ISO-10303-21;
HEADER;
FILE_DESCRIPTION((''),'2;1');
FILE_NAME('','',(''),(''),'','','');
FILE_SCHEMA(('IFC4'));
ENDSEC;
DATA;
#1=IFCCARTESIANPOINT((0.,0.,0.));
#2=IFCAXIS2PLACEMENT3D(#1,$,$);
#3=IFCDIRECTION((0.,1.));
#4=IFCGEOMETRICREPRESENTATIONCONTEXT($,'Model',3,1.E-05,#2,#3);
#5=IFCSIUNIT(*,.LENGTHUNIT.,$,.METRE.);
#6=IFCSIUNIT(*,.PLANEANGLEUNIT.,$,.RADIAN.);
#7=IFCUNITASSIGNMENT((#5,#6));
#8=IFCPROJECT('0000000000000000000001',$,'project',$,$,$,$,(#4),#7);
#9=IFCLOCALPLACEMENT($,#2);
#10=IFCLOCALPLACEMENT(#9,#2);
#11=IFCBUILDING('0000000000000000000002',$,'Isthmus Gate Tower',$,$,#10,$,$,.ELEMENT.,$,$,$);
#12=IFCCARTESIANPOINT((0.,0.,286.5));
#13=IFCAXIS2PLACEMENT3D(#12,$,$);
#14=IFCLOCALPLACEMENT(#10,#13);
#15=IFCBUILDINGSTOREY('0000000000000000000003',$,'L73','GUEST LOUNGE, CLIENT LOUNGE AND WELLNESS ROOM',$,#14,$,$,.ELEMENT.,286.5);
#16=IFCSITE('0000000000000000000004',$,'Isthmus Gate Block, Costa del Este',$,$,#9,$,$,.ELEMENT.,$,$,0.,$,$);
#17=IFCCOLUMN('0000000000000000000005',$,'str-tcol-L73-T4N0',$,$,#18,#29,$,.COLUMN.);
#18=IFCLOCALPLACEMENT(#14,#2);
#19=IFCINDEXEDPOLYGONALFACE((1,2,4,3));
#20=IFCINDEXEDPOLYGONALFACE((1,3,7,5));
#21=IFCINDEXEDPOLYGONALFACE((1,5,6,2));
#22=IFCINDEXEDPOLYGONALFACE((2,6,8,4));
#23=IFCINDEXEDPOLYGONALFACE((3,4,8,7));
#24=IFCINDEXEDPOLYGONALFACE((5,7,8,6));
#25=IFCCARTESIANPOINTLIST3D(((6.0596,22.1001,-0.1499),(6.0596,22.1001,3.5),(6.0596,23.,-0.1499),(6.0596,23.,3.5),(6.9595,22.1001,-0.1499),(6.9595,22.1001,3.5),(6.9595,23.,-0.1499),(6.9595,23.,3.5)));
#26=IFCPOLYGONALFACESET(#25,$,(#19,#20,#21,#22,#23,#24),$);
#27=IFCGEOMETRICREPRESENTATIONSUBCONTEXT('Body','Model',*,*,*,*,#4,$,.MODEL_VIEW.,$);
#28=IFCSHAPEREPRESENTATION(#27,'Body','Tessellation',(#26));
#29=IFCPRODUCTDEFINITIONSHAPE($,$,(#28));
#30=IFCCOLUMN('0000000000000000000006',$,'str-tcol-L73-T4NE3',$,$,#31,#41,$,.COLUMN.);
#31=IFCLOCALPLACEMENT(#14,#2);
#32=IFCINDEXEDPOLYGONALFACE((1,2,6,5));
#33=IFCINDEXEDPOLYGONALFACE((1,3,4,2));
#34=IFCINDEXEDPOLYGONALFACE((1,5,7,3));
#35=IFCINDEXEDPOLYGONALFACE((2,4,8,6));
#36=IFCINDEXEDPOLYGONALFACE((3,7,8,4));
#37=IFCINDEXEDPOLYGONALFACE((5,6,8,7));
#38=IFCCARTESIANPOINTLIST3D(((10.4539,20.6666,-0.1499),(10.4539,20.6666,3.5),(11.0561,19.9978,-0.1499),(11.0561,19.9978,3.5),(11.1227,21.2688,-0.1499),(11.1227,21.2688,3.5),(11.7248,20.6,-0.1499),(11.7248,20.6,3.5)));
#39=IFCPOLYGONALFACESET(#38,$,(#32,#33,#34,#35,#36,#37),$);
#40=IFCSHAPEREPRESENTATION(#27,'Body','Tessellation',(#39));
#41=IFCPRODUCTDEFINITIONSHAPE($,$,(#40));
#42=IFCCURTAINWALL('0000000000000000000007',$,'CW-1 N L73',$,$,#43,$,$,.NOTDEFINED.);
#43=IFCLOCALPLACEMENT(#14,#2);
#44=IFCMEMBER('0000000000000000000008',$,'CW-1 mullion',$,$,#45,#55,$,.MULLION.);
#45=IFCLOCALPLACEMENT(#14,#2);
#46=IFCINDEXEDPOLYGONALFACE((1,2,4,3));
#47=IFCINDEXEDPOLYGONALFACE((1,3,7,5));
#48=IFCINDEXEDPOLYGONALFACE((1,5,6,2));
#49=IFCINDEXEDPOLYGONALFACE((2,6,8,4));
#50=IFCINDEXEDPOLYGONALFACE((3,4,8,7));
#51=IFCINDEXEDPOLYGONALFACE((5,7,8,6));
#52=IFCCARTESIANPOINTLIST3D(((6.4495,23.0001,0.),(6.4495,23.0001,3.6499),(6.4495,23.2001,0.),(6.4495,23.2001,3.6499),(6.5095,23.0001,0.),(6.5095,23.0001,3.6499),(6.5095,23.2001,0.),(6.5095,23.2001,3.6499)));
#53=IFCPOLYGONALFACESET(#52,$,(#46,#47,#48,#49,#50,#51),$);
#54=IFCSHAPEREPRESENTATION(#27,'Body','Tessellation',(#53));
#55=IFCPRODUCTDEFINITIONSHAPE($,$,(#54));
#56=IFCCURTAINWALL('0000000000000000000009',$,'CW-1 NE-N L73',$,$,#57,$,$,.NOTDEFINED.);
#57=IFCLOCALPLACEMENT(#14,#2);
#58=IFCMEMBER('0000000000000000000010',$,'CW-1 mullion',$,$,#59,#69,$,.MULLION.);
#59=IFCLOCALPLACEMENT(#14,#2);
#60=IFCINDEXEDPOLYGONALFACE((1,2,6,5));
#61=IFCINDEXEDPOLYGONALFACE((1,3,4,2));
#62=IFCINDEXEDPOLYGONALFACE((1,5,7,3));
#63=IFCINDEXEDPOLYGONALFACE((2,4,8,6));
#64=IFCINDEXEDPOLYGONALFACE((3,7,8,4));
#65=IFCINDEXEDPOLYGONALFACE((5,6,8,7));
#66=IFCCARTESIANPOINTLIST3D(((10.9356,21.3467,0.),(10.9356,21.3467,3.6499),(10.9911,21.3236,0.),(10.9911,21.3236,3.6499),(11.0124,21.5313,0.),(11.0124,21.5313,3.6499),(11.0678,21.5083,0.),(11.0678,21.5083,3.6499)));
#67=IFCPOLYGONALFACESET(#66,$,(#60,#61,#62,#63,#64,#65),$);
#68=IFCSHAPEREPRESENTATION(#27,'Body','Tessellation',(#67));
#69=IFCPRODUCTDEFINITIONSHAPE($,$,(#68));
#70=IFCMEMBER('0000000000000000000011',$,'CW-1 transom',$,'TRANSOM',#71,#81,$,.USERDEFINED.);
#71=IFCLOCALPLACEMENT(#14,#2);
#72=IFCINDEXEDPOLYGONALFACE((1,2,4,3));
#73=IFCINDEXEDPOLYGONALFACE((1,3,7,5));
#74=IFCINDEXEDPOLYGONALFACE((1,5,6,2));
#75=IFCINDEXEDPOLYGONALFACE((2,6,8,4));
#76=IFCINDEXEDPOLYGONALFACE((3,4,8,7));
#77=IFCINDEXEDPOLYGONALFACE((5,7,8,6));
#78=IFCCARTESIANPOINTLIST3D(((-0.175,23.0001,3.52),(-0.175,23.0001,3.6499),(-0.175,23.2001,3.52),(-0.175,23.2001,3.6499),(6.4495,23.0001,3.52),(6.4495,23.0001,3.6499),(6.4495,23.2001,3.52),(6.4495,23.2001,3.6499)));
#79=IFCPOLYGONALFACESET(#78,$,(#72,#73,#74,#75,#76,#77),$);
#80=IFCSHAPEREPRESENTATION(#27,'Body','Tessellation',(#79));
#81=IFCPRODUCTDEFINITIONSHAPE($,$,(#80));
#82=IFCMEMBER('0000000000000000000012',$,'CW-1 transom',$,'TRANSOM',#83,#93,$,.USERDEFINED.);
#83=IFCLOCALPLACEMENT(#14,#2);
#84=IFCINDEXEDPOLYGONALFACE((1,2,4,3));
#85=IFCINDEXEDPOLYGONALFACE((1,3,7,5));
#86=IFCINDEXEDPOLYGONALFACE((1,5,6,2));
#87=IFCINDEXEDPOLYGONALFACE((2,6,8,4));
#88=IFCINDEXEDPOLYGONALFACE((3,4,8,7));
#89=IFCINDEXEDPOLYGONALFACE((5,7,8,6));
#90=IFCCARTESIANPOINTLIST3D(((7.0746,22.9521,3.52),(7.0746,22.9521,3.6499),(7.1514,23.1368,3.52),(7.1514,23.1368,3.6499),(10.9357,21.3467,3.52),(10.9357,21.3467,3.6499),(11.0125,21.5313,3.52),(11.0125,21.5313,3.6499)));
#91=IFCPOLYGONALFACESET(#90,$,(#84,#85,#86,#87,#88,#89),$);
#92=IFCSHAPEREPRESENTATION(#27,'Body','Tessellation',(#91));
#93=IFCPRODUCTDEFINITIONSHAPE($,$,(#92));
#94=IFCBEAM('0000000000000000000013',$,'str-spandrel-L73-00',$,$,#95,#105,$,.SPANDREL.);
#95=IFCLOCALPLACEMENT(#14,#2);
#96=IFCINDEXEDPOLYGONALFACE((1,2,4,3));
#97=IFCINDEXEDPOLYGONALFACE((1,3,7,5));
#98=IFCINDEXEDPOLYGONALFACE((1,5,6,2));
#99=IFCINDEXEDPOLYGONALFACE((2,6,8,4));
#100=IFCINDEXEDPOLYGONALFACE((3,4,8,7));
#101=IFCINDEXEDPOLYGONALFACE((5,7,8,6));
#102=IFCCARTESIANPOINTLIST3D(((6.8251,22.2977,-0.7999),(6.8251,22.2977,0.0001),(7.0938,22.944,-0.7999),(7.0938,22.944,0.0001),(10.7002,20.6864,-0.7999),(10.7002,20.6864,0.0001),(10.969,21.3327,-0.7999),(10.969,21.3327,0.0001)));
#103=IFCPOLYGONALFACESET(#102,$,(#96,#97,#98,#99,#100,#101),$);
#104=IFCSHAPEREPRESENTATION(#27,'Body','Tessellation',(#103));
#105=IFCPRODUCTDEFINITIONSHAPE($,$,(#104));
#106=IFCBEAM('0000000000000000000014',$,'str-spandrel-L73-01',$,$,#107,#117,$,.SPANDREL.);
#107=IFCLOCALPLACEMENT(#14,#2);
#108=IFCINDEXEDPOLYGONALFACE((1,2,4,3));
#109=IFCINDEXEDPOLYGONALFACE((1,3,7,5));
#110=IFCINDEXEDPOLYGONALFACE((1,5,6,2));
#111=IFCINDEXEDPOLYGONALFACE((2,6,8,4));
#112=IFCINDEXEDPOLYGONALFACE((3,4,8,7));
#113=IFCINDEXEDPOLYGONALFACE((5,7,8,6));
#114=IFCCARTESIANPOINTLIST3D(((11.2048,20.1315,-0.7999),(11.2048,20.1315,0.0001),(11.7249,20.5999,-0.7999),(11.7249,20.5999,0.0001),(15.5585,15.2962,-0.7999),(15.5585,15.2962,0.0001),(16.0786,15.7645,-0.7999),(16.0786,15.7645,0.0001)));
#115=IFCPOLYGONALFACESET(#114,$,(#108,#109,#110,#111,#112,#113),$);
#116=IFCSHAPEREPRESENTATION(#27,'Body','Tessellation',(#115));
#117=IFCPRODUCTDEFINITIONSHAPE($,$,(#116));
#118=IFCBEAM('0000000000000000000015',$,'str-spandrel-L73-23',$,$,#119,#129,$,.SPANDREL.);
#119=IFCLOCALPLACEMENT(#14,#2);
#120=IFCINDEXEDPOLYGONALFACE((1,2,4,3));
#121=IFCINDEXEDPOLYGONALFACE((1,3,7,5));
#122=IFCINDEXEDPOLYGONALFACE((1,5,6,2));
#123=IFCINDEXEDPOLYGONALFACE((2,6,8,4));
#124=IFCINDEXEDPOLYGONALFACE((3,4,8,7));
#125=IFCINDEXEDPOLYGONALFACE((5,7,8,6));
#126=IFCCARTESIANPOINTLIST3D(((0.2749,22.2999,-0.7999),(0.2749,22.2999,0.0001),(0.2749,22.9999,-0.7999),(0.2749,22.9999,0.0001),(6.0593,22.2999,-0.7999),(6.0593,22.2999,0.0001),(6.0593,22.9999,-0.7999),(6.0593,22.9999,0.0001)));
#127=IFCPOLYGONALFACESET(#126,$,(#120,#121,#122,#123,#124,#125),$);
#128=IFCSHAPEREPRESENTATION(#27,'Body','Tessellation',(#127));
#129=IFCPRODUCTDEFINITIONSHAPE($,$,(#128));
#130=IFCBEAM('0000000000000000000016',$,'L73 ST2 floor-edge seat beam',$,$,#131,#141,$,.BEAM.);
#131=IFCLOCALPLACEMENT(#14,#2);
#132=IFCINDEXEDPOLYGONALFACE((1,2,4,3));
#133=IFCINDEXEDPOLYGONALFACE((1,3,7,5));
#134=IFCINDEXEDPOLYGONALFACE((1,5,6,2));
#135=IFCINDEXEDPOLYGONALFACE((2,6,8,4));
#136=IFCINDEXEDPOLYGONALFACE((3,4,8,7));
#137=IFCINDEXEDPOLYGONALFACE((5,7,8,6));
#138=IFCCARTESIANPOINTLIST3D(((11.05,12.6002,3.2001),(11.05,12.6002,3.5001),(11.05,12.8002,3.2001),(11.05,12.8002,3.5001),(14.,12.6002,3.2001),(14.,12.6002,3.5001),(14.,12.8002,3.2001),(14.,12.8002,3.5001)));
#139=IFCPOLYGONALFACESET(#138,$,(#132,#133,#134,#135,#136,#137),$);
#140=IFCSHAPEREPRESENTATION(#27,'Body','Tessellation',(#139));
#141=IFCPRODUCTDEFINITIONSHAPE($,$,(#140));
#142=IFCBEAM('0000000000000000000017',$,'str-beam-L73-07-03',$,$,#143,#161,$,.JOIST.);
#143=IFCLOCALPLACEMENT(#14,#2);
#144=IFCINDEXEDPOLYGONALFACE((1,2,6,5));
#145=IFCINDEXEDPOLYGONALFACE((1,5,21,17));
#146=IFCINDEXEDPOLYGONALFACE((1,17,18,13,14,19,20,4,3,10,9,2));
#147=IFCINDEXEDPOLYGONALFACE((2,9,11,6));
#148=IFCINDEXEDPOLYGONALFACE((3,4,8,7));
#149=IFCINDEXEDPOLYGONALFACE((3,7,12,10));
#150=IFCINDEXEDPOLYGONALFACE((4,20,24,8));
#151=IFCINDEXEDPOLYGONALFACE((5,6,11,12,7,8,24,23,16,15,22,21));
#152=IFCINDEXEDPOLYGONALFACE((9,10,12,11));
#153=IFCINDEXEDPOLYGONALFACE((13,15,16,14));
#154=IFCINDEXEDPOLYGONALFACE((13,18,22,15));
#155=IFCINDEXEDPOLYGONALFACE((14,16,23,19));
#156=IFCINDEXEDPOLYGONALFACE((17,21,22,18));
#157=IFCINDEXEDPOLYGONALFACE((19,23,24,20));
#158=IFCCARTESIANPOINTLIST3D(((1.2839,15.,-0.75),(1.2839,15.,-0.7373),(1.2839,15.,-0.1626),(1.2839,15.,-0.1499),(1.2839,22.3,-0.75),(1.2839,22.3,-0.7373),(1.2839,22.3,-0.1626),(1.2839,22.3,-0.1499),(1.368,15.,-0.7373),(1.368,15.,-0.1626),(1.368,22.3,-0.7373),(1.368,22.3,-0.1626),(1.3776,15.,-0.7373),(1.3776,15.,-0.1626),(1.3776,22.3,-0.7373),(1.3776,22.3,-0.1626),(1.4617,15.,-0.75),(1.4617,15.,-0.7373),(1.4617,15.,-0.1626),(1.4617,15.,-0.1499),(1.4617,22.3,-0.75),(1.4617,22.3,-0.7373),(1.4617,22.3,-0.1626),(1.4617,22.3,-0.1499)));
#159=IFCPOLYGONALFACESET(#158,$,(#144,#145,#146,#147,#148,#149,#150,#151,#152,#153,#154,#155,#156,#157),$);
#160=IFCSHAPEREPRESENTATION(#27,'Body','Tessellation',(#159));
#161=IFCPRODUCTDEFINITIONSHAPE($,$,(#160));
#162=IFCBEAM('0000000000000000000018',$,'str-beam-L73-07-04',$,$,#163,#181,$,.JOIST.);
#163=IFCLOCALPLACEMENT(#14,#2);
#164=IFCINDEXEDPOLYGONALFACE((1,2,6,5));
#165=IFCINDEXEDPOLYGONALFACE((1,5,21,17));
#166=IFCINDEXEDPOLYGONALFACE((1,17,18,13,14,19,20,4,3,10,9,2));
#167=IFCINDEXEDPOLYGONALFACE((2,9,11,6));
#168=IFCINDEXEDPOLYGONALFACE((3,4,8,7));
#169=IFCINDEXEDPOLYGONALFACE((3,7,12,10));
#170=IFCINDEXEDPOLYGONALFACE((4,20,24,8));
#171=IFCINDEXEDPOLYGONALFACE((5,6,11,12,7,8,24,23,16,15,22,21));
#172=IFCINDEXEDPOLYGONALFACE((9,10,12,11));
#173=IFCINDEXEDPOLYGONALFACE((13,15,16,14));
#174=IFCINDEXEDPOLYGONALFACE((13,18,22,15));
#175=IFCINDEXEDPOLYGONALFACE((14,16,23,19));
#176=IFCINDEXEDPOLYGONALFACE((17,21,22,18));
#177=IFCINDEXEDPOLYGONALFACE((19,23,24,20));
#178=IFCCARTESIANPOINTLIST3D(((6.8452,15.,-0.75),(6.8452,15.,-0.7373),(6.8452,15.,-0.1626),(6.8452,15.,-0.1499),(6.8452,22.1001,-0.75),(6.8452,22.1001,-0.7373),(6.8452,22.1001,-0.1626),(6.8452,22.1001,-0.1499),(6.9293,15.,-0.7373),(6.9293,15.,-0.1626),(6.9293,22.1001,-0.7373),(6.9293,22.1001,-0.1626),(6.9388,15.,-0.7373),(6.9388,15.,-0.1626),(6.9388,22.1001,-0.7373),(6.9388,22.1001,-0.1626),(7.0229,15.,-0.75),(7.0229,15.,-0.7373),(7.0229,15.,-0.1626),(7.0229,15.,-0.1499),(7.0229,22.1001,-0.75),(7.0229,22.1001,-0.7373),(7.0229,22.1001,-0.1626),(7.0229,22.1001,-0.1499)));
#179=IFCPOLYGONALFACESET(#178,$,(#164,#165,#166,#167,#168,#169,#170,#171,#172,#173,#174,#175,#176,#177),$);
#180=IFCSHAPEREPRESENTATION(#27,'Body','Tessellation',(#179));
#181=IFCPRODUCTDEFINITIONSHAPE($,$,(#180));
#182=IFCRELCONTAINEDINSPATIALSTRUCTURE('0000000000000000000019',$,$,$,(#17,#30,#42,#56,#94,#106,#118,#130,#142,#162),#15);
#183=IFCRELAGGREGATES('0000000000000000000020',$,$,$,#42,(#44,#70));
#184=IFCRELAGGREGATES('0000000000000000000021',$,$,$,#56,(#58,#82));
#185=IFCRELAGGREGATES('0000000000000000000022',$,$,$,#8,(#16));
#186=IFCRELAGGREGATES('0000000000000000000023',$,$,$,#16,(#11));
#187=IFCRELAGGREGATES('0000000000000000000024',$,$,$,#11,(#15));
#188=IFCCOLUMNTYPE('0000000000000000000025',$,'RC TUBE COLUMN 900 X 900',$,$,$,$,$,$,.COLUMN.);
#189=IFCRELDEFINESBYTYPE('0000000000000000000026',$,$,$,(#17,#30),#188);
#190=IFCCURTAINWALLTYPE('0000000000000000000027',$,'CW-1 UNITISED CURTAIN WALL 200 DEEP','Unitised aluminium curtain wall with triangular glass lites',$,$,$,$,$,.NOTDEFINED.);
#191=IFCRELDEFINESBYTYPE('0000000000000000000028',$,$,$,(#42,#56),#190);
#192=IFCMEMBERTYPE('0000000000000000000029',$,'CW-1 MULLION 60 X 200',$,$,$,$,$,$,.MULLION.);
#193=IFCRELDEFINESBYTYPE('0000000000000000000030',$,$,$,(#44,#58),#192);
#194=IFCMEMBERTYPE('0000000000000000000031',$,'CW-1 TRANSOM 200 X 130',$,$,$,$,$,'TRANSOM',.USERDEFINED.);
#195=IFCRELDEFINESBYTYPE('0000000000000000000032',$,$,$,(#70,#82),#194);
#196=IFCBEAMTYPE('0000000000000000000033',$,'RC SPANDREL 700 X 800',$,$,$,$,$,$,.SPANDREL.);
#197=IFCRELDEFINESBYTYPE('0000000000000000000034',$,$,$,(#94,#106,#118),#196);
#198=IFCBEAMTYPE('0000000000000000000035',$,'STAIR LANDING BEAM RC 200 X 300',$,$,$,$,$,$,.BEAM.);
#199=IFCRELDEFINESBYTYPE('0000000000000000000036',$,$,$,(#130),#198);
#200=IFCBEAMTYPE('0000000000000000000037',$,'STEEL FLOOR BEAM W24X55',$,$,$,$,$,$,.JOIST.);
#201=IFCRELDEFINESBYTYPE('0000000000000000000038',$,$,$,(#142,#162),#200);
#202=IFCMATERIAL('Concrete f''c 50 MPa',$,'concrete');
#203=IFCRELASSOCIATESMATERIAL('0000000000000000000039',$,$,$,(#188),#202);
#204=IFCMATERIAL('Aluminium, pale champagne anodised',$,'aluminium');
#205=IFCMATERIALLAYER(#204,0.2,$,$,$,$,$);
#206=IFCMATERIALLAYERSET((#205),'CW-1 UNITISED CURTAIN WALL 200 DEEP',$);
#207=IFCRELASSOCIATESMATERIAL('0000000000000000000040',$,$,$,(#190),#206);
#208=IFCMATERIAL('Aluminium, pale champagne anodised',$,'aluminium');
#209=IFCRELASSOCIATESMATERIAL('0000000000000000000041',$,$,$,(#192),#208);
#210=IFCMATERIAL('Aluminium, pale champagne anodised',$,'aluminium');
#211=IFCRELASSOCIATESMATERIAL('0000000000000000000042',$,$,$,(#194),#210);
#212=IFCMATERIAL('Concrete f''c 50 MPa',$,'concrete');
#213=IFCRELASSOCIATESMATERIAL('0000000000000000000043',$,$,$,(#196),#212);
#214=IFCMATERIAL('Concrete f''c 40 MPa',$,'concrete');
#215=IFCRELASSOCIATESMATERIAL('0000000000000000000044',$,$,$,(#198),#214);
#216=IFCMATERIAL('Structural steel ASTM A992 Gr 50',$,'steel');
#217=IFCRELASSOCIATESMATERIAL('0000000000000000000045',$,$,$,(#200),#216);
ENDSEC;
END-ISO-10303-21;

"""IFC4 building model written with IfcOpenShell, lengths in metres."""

from ifc_helpers import new_model, si_unit, direction, frame, origin, origin_2d, place, context, subcontext, project, spatial, rectangle, i_section, extrude, material, layer, layer_set, material_profile, profile_set, type_object, element, aggregate, save


model = new_model("IFC4")

# Units and contexts
model_context = context("Model", 3, precision=1e-05, world=origin(), true_north=direction((0.0, 1.0)))
body_context = subcontext(model_context, "Body", "Model", "MODEL_VIEW")
ifc_project = project(units=[si_unit("LENGTHUNIT", "METRE"), si_unit("PLANEANGLEUNIT", "RADIAN")], contexts=[model_context])

# Site, building, storey
site_placement = place(None, origin())
site = spatial("IfcSite", under=ifc_project, at=site_placement, Name="Isthmus Gate Block, Costa del Este", CompositionType="ELEMENT", RefElevation=0.0)
building_placement = place(site_placement, origin())
building = spatial("IfcBuilding", under=site, at=building_placement, Name="Isthmus Gate Tower", CompositionType="ELEMENT")
storey_placement = place(building_placement, frame((0.0, 0.0, 286.5)))
storey = spatial("IfcBuildingStorey", under=building, at=storey_placement, Name="L73", Description="GUEST LOUNGE, CLIENT LOUNGE AND WELLNESS ROOM", CompositionType="ELEMENT", Elevation=286.5)

# Columns
ifc_material_1 = material(Name="Concrete f'c 50 MPa", Category="concrete")
ifc_material_profile_1 = material_profile(ifc_material_1, rectangle(XDim=0.8999, YDim=0.8999, at=origin_2d()), Name="RC 900X900")
ifc_profile_set_1 = profile_set([ifc_material_profile_1], Name="Concrete f'c 50 MPa")
column_type = type_object("IfcColumnType", Name="RC TUBE COLUMN 900 X 900", PredefinedType="COLUMN", material=ifc_profile_set_1)
for number, where, z_axis, x_axis, name in (
    (1, (6.5095, 22.55, -0.1499), (0.0, 0.0, 1.0), (-1.0, 0.0, 0.0), "str-tcol-L73-T4N0"),
    (2, (11.0894, 20.6333, -0.1499), (0.0, 0.0, 1.0), (-0.669131, 0.743145, 0.0), "str-tcol-L73-T4NE3"),
):
    element("IfcColumn", number, at=place(storey_placement, frame(where, z_axis=z_axis, x_axis=x_axis)), inside=storey, type_object=column_type, Name=name, PredefinedType="COLUMN", context=body_context, shape_type="SweptSolid", body=[
        extrude(rectangle(XDim=0.8999, YDim=0.8999, at=origin_2d()), origin(), (0.0, 0.0, 1.0), 3.6499),
    ])

# Curtain walls, members
ifc_material_2 = material(Name="Aluminium, pale champagne anodised", Category="aluminium")
ifc_layer_1 = layer(ifc_material_2, 0.2)
ifc_layer_set_1 = layer_set([ifc_layer_1], Name="CW-1 UNITISED CURTAIN WALL 200 DEEP")
curtain_wall_type = type_object("IfcCurtainWallType", Name="CW-1 UNITISED CURTAIN WALL 200 DEEP", Description="Unitised aluminium curtain wall with triangular glass lites", PredefinedType="NOTDEFINED", material=ifc_layer_set_1)
curtain_wall_1_placement = place(storey_placement, origin())
curtain_wall_1 = element("IfcCurtainWall", 3, at=curtain_wall_1_placement, inside=storey, type_object=curtain_wall_type, Name="CW-1 N L73", PredefinedType="NOTDEFINED")
ifc_material_3 = material(Name="Aluminium, pale champagne anodised", Category="aluminium")
ifc_material_profile_2 = material_profile(ifc_material_3, rectangle(XDim=0.0601, YDim=0.2, at=origin_2d()), Name="60x200")
ifc_profile_set_2 = profile_set([ifc_material_profile_2], Name="Aluminium, pale champagne anodised")
member_type_1 = type_object("IfcMemberType", Name="CW-1 MULLION 60 X 200", PredefinedType="MULLION", material=ifc_profile_set_2)
member_1_placement = place(storey_placement, frame((6.4795, 23.1001, 0.0), z_axis=(0.0, 0.0, 1.0), x_axis=(-1.0, 0.0, 0.0)))
member_1 = element("IfcMember", 4, at=member_1_placement, type_object=member_type_1, Name="CW-1 mullion", PredefinedType="MULLION", context=body_context, shape_type="SweptSolid", body=[
    extrude(rectangle(XDim=0.0601, YDim=0.2, at=origin_2d()), origin(), (0.0, 0.0, 1.0), 3.6499),
])
curtain_wall_2_placement = place(storey_placement, origin())
curtain_wall_2 = element("IfcCurtainWall", 5, at=curtain_wall_2_placement, inside=storey, type_object=curtain_wall_type, Name="CW-1 NE-N L73", PredefinedType="NOTDEFINED")
member_2_placement = place(storey_placement, frame((11.0017, 21.4275, 0.0), z_axis=(0.0, 0.0, 1.0), x_axis=(-0.923353, 0.383952, 0.0)))
member_2 = element("IfcMember", 6, at=member_2_placement, type_object=member_type_1, Name="CW-1 mullion", PredefinedType="MULLION", context=body_context, shape_type="SweptSolid", body=[
    extrude(rectangle(XDim=0.0601, YDim=0.2, at=origin_2d()), origin(), (0.0, 0.0, 1.0), 3.6499),
])

# Members
ifc_material_4 = material(Name="Aluminium, pale champagne anodised", Category="aluminium")
ifc_material_profile_3 = material_profile(ifc_material_4, rectangle(XDim=0.2, YDim=0.1299, at=origin_2d()), Name="200x130")
ifc_profile_set_3 = profile_set([ifc_material_profile_3], Name="Aluminium, pale champagne anodised")
member_type_2 = type_object("IfcMemberType", Name="CW-1 TRANSOM 200 X 130", ElementType="TRANSOM", PredefinedType="USERDEFINED", material=ifc_profile_set_3)
member_3_placement = place(storey_placement, frame((6.4495, 23.1001, 3.585), z_axis=(-1.0, 0.0, 0.0), x_axis=(0.0, -1.0, 0.0)))
member_3 = element("IfcMember", 7, at=member_3_placement, type_object=member_type_2, Name="CW-1 transom", ObjectType="TRANSOM", PredefinedType="USERDEFINED", context=body_context, shape_type="SweptSolid", body=[
    extrude(rectangle(XDim=0.2, YDim=0.1299, at=origin_2d()), origin(), (0.0, 0.0, 1.0), 6.6245),
])
member_4_placement = place(storey_placement, frame((10.9741, 21.439, 3.585), z_axis=(-0.923358, 0.38394, 0.0), x_axis=(-0.38394, -0.923358, 0.0)))
member_4 = element("IfcMember", 8, at=member_4_placement, type_object=member_type_2, Name="CW-1 transom", ObjectType="TRANSOM", PredefinedType="USERDEFINED", context=body_context, shape_type="SweptSolid", body=[
    extrude(rectangle(XDim=0.2, YDim=0.1299, at=origin_2d()), origin(), (0.0, 0.0, 1.0), 4.1816),
])

# Beams
ifc_material_5 = material(Name="Concrete f'c 50 MPa", Category="concrete")
ifc_material_profile_4 = material_profile(ifc_material_5, rectangle(XDim=0.7, YDim=0.8, at=origin_2d()), Name="RC 700X800")
ifc_profile_set_4 = profile_set([ifc_material_profile_4], Name="Concrete f'c 50 MPa")
beam_type_1 = type_object("IfcBeamType", Name="RC SPANDREL 700 X 800", PredefinedType="SPANDREL", material=ifc_profile_set_4)
beam_1_placement = place(storey_placement, frame((6.9595, 22.6208, -0.3999), z_axis=(0.923361, -0.383934, 0.0), x_axis=(0.383934, 0.923361, 0.0)))
element("IfcBeam", 9, at=beam_1_placement, inside=storey, type_object=beam_type_1, Name="str-spandrel-L73-00", PredefinedType="SPANDREL", context=body_context, shape_type="SweptSolid", body=[
    extrude(rectangle(XDim=0.7, YDim=0.8, at=origin_2d()), origin(), (0.0, 0.0, 1.0), 4.1968),
])
beam_2_placement = place(storey_placement, frame((11.4648, 20.3657, -0.3999), z_axis=(0.669122, -0.743152, 0.0), x_axis=(0.743152, 0.669122, 0.0)))
element("IfcBeam", 10, at=beam_2_placement, inside=storey, type_object=beam_type_1, Name="str-spandrel-L73-01", PredefinedType="SPANDREL", context=body_context, shape_type="SweptSolid", body=[
    extrude(rectangle(XDim=0.7, YDim=0.8, at=origin_2d()), origin(), (0.0, 0.0, 1.0), 6.5066),
])
beam_3_placement = place(storey_placement, frame((0.2749, 22.6499, -0.3999), z_axis=(1.0, 0.0, 0.0), x_axis=(0.0, 1.0, 0.0)))
element("IfcBeam", 11, at=beam_3_placement, inside=storey, type_object=beam_type_1, Name="str-spandrel-L73-23", PredefinedType="SPANDREL", context=body_context, shape_type="SweptSolid", body=[
    extrude(rectangle(XDim=0.7, YDim=0.8, at=origin_2d()), origin(), (0.0, 0.0, 1.0), 5.7844),
])
ifc_material_6 = material(Name="Concrete f'c 40 MPa", Category="concrete")
ifc_material_profile_5 = material_profile(ifc_material_6, rectangle(XDim=0.2, YDim=0.3, at=origin_2d()), Name="STAIR LANDING BEAM RC 200 X 300")
ifc_profile_set_5 = profile_set([ifc_material_profile_5], Name="Concrete f'c 40 MPa")
beam_type_2 = type_object("IfcBeamType", Name="STAIR LANDING BEAM RC 200 X 300", PredefinedType="BEAM", material=ifc_profile_set_5)
beam_4_placement = place(storey_placement, frame((11.05, 12.7002, 3.3501), z_axis=(1.0, 0.0, 0.0), x_axis=(0.0, 1.0, 0.0)))
element("IfcBeam", 12, at=beam_4_placement, inside=storey, type_object=beam_type_2, Name="L73 ST2 floor-edge seat beam", PredefinedType="BEAM", context=body_context, shape_type="SweptSolid", body=[
    extrude(rectangle(XDim=0.2, YDim=0.3, at=origin_2d()), origin(), (0.0, 0.0, 1.0), 2.95),
])
ifc_material_7 = material(Name="Structural steel ASTM A992 Gr 50", Category="steel")
ifc_material_profile_6 = material_profile(ifc_material_7, i_section(OverallWidth=0.1777, OverallDepth=0.6001, WebThickness=0.0095, FlangeThickness=0.0127, at=origin_2d()), Name="W24X55")
ifc_profile_set_6 = profile_set([ifc_material_profile_6], Name="Structural steel ASTM A992 Gr 50")
beam_type_3 = type_object("IfcBeamType", Name="STEEL FLOOR BEAM W24X55", PredefinedType="JOIST", material=ifc_profile_set_6)
beam_5_placement = place(storey_placement, frame((1.3728, 15.0, -0.45), z_axis=(0.0, 1.0, 0.0), x_axis=(-1.0, 0.0, 0.0)))
element("IfcBeam", 13, at=beam_5_placement, inside=storey, type_object=beam_type_3, Name="str-beam-L73-07-03", PredefinedType="JOIST", context=body_context, shape_type="SweptSolid", body=[
    extrude(i_section(OverallWidth=0.1777, OverallDepth=0.6001, WebThickness=0.0095, FlangeThickness=0.0127, at=origin_2d()), origin(), (0.0, 0.0, 1.0), 7.3),
])
beam_6_placement = place(storey_placement, frame((6.9341, 15.0, -0.45), z_axis=(0.0, 1.0, 0.0), x_axis=(-1.0, 0.0, 0.0)))
element("IfcBeam", 14, at=beam_6_placement, inside=storey, type_object=beam_type_3, Name="str-beam-L73-07-04", PredefinedType="JOIST", context=body_context, shape_type="SweptSolid", body=[
    extrude(i_section(OverallWidth=0.1777, OverallDepth=0.6001, WebThickness=0.0095, FlangeThickness=0.0127, at=origin_2d()), origin(), (0.0, 0.0, 1.0), 7.1001),
])

aggregate(curtain_wall_1, [member_1, member_3])
aggregate(curtain_wall_2, [member_2, member_4])

save(model, "model.ifc")
